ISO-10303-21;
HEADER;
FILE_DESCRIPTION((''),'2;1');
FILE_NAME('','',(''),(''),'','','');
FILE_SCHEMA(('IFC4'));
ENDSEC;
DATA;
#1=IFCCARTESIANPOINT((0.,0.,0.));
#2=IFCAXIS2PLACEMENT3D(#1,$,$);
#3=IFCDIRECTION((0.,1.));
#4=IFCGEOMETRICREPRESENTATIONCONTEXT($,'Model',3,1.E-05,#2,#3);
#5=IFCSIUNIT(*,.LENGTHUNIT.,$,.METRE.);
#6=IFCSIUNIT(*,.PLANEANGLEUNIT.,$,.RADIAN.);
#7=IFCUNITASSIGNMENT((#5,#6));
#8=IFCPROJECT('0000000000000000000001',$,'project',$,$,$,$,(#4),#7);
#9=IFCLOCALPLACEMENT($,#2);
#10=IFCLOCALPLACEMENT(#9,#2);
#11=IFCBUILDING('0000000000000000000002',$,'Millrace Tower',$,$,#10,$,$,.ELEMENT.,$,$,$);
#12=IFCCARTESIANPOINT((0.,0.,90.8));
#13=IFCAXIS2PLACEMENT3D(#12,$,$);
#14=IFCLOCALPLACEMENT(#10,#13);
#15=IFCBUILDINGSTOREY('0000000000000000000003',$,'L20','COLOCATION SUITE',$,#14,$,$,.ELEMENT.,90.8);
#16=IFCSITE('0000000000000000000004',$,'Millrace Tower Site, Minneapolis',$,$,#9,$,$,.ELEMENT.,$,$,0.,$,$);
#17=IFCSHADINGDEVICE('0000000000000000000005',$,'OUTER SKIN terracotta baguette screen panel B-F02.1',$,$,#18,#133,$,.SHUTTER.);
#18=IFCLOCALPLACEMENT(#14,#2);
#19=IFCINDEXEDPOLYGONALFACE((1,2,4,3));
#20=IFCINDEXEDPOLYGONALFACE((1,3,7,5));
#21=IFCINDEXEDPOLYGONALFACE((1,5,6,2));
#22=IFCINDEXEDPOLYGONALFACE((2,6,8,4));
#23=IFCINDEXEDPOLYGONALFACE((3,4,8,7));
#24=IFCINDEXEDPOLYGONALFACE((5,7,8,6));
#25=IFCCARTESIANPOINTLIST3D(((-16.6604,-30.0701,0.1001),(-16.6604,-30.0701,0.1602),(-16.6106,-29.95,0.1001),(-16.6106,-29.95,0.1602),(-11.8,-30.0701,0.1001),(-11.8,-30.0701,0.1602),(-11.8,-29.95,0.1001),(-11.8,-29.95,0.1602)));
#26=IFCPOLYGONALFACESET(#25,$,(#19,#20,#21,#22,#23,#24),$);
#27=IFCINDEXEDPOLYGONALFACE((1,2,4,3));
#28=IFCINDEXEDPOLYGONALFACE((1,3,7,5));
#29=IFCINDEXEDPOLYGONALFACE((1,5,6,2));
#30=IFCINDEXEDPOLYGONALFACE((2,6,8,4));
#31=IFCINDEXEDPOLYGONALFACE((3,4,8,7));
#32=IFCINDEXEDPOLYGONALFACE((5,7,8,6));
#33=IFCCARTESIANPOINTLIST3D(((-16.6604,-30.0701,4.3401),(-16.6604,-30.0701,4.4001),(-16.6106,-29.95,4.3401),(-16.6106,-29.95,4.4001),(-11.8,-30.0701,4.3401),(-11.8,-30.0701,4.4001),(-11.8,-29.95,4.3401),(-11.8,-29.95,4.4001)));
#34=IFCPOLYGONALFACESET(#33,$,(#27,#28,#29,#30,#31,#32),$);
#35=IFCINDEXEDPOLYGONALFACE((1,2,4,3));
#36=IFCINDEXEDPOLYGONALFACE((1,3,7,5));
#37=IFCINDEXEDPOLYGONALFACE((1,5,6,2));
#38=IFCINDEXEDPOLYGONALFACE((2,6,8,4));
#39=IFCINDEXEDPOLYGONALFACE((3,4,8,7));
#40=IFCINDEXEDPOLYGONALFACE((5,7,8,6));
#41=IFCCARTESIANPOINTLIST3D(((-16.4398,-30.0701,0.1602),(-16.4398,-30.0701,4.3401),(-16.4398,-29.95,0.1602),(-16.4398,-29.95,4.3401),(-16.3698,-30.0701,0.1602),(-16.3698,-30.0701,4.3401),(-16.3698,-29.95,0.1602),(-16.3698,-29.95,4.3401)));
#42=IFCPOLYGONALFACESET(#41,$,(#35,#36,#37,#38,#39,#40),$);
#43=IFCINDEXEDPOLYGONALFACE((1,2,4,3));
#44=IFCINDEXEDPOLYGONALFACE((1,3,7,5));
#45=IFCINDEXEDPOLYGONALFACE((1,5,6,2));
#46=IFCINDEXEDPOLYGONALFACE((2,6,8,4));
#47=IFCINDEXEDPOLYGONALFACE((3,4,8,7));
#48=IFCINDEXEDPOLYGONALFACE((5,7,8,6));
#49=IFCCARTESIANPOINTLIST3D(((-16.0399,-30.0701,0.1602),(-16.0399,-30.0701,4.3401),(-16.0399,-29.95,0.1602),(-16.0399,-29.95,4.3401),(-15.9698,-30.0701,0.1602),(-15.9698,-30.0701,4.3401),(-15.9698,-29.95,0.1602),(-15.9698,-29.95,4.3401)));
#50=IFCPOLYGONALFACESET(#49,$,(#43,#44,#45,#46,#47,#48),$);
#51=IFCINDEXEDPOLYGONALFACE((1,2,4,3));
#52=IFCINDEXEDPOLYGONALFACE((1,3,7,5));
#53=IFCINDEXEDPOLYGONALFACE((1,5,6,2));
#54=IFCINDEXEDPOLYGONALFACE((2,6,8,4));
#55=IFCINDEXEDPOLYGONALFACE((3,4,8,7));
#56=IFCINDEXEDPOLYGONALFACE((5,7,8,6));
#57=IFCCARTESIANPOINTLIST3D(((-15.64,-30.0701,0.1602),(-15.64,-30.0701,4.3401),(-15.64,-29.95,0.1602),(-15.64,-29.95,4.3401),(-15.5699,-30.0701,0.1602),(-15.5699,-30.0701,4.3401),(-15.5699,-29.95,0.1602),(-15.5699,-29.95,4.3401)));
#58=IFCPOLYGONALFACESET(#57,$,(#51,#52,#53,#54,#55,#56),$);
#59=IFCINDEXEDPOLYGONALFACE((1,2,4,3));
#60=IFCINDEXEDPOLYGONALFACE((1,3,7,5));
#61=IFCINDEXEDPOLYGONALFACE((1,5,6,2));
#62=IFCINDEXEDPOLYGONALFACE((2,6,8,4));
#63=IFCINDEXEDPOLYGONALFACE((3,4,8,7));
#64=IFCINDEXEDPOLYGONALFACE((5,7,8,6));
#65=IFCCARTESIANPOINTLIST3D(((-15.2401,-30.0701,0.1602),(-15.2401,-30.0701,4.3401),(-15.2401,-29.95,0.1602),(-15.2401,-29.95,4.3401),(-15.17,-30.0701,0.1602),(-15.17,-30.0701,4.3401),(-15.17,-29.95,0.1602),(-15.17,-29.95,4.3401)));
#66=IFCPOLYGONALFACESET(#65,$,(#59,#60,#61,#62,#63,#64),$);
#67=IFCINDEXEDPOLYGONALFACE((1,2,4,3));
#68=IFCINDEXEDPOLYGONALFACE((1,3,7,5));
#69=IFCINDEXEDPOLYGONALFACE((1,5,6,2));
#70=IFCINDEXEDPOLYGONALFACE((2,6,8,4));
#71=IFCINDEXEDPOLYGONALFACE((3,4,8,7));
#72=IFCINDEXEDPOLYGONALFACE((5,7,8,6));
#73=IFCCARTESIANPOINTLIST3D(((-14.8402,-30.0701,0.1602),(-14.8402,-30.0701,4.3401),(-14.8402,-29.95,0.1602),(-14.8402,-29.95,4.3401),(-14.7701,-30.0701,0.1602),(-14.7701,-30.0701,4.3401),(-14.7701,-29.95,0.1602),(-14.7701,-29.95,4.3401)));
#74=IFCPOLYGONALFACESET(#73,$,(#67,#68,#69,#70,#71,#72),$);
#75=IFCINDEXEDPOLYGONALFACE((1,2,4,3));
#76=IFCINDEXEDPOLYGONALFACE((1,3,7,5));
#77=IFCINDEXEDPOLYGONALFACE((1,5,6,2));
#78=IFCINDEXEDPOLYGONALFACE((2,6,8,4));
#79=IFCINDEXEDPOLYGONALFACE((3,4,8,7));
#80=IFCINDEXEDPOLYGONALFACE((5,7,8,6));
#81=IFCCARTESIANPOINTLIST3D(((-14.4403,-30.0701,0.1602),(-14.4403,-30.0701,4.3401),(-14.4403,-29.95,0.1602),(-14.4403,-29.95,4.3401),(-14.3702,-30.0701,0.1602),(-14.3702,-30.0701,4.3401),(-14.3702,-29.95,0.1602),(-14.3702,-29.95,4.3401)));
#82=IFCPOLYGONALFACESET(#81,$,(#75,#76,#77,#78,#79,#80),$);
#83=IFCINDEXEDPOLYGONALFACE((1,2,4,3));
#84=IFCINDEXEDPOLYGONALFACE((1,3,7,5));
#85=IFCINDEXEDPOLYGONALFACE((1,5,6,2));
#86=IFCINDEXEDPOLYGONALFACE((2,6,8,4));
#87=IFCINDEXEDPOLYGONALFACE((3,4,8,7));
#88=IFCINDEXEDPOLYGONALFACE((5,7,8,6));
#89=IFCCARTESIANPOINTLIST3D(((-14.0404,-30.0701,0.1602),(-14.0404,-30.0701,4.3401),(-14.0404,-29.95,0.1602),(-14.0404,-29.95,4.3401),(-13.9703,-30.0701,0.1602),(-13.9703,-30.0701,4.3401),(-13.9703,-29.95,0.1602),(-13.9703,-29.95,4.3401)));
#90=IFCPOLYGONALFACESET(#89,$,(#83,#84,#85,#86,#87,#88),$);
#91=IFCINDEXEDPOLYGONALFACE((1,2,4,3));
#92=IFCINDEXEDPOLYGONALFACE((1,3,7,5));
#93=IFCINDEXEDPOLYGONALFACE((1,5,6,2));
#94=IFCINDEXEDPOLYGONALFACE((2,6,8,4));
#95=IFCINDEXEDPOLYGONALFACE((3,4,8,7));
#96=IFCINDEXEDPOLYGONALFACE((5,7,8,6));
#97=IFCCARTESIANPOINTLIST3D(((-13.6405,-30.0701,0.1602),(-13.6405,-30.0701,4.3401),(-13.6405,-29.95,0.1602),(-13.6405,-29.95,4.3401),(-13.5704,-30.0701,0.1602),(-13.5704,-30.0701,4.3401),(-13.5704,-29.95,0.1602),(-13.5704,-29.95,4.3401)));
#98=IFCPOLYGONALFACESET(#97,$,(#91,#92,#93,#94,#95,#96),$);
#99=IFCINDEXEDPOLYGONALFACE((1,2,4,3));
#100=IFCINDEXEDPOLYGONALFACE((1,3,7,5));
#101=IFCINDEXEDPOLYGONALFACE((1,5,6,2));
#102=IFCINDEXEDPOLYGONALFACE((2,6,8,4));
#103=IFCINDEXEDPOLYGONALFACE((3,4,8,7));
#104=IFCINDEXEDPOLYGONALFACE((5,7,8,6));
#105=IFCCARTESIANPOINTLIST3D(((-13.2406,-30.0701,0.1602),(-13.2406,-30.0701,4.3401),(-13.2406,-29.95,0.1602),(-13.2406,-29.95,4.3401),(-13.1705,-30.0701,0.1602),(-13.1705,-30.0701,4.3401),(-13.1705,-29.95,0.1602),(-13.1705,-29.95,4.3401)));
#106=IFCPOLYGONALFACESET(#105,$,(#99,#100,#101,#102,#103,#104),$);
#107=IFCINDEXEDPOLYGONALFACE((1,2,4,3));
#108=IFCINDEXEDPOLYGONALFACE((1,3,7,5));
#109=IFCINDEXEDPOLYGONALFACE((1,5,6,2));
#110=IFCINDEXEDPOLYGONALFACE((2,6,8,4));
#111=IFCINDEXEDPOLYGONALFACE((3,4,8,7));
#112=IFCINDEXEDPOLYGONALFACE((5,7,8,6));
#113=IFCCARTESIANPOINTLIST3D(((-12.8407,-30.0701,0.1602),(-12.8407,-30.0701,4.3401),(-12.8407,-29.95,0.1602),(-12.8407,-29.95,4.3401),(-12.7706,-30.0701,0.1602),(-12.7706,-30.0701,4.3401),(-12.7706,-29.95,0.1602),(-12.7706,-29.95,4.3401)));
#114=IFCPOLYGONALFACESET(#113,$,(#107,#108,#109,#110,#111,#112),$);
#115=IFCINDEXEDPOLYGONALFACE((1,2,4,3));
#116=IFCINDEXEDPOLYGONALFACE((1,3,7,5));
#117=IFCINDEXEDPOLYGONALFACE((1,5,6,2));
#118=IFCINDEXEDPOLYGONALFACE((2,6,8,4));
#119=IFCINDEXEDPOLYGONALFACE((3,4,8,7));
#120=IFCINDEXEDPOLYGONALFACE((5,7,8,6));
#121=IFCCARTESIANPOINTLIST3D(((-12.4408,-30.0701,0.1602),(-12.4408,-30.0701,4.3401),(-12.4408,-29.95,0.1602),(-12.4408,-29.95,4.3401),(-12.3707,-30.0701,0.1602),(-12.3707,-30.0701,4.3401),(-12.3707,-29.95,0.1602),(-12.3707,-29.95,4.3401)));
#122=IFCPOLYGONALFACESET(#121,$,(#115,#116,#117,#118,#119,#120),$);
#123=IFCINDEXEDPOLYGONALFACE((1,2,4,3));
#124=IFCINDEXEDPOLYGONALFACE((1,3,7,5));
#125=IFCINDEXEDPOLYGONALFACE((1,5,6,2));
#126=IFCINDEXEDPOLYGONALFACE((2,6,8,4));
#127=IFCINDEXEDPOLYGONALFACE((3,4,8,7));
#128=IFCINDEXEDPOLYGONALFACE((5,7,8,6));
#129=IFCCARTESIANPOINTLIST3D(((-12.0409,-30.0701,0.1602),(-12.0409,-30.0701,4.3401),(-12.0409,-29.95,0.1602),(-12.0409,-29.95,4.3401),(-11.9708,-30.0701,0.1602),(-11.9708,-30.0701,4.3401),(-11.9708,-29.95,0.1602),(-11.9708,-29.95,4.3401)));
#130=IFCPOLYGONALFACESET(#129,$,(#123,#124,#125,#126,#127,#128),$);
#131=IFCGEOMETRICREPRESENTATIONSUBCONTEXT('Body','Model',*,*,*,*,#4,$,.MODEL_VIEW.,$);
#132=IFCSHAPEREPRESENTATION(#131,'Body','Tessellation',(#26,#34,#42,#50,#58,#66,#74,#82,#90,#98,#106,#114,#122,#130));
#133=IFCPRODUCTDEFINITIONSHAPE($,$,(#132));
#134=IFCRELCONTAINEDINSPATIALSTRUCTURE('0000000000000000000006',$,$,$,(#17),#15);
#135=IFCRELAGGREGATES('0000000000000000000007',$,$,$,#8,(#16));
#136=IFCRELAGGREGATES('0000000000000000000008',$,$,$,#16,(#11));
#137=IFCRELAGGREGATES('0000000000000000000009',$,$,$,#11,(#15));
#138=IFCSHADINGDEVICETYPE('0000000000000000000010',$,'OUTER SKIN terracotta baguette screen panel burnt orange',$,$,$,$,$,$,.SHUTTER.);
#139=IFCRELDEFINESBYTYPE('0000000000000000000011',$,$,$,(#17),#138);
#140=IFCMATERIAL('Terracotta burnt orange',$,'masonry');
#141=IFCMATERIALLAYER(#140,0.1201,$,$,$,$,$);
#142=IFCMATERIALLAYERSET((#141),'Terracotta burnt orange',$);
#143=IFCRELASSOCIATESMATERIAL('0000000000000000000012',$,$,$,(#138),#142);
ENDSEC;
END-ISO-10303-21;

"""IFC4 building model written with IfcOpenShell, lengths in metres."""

from ifc_helpers import new_model, entity, si_unit, direction, frame, frame_2d, origin, place, context, subcontext, project, spatial, rectangle, extrude, source, transform, mapped, material, layer, layer_set, type_object, element, save


model = new_model("IFC4")

# Units and contexts
model_context = context("Model", 3, precision=1e-05, world=origin(), true_north=direction((0.0, 1.0)))
body_context = subcontext(model_context, "Body", "Model", "MODEL_VIEW")
ifc_project = project(units=[si_unit("LENGTHUNIT", "METRE"), si_unit("PLANEANGLEUNIT", "RADIAN")], contexts=[model_context])

# Site, building, storey
site_placement = place(None, origin())
site = spatial("IfcSite", under=ifc_project, at=site_placement, Name="Millrace Tower Site, Minneapolis", CompositionType="ELEMENT", RefElevation=0.0)
building_placement = place(site_placement, origin())
building = spatial("IfcBuilding", under=site, at=building_placement, Name="Millrace Tower", CompositionType="ELEMENT")
storey_placement = place(building_placement, frame((0.0, 0.0, 90.8)))
storey = spatial("IfcBuildingStorey", under=building, at=storey_placement, Name="L20", Description="COLOCATION SUITE", CompositionType="ELEMENT", Elevation=90.8)

# Shading device
ifc_material_1 = material(Name="Terracotta burnt orange", Category="masonry")
ifc_layer_1 = layer(ifc_material_1, 0.1201)
ifc_layer_set_1 = layer_set([ifc_layer_1], Name="Terracotta burnt orange")
shading_device_type = type_object("IfcShadingDeviceType", Name="OUTER SKIN terracotta baguette screen panel burnt orange", PredefinedType="SHUTTER", material=ifc_layer_set_1)
cartesian_point_1 = entity("IfcCartesianPoint", [-2.3928, 0.0601])
shared_polyline_1 = entity("IfcPolyline", [cartesian_point_1, entity("IfcCartesianPoint", [2.4177, 0.0601]), entity("IfcCartesianPoint", [2.4177, -0.0601]), entity("IfcCartesianPoint", [-2.4426, -0.0601]), cartesian_point_1])
shared_shape_1 = source(origin(), body_context, "Body", "SweptSolid", [
    entity("IfcExtrudedAreaSolid", entity("IfcArbitraryClosedProfileDef", "AREA", None, shared_polyline_1), entity("IfcAxis2Placement3D", entity("IfcCartesianPoint", [0.0, 0.0, 0.0])), entity("IfcDirection", [0.0, 0.0, 1.0]), 0.0601),
    entity("IfcExtrudedAreaSolid", entity("IfcArbitraryClosedProfileDef", "AREA", None, shared_polyline_1), entity("IfcAxis2Placement3D", entity("IfcCartesianPoint", [0.0, 0.0, 4.24])), entity("IfcDirection", [0.0, 0.0, 1.0]), 0.0601),
    extrude(rectangle(XDim=0.0701, YDim=0.1201, at=frame_2d((-2.187, 0.0))), frame((0.0, 0.0, 0.0601)), (0.0, 0.0, 1.0), 4.1799),
    extrude(rectangle(XDim=0.0701, YDim=0.1201, at=frame_2d((-1.7871, 0.0))), frame((0.0, 0.0, 0.0601)), (0.0, 0.0, 1.0), 4.1799),
    extrude(rectangle(XDim=0.0701, YDim=0.1201, at=frame_2d((-1.3872, 0.0))), frame((0.0, 0.0, 0.0601)), (0.0, 0.0, 1.0), 4.1799),
    extrude(rectangle(XDim=0.0701, YDim=0.1201, at=frame_2d((-0.9873, 0.0))), frame((0.0, 0.0, 0.0601)), (0.0, 0.0, 1.0), 4.1799),
    extrude(rectangle(XDim=0.0701, YDim=0.1201, at=frame_2d((-0.5874, 0.0))), frame((0.0, 0.0, 0.0601)), (0.0, 0.0, 1.0), 4.1799),
    extrude(rectangle(XDim=0.0701, YDim=0.1201, at=frame_2d((-0.1875, 0.0))), frame((0.0, 0.0, 0.0601)), (0.0, 0.0, 1.0), 4.1799),
    extrude(rectangle(XDim=0.0701, YDim=0.1201, at=frame_2d((0.2124, 0.0))), frame((0.0, 0.0, 0.0601)), (0.0, 0.0, 1.0), 4.1799),
    extrude(rectangle(XDim=0.0701, YDim=0.1201, at=frame_2d((0.6123, 0.0))), frame((0.0, 0.0, 0.0601)), (0.0, 0.0, 1.0), 4.1799),
    extrude(rectangle(XDim=0.0701, YDim=0.1201, at=frame_2d((1.0122, 0.0))), frame((0.0, 0.0, 0.0601)), (0.0, 0.0, 1.0), 4.1799),
    extrude(rectangle(XDim=0.0701, YDim=0.1201, at=frame_2d((1.4121, 0.0))), frame((0.0, 0.0, 0.0601)), (0.0, 0.0, 1.0), 4.1799),
    extrude(rectangle(XDim=0.0701, YDim=0.1201, at=frame_2d((1.812, 0.0))), frame((0.0, 0.0, 0.0601)), (0.0, 0.0, 1.0), 4.1799),
    extrude(rectangle(XDim=0.0701, YDim=0.1201, at=frame_2d((2.2119, 0.0))), frame((0.0, 0.0, 0.0601)), (0.0, 0.0, 1.0), 4.1799),
])
shading_device_placement = place(storey_placement, frame((-14.2178, -30.01, 0.1001), z_axis=(0.0, 0.0, 1.0), x_axis=(1.0, 0.0, 0.0)))
element("IfcShadingDevice", 1, at=shading_device_placement, inside=storey, type_object=shading_device_type, Name="OUTER SKIN terracotta baguette screen panel B-F02.1", PredefinedType="SHUTTER", context=body_context, shape_type="MappedRepresentation", body=[
    mapped(shared_shape_1, transform((0.0, 0.0, 0.0), scale=1.0)),
])

save(model, "model.ifc")
